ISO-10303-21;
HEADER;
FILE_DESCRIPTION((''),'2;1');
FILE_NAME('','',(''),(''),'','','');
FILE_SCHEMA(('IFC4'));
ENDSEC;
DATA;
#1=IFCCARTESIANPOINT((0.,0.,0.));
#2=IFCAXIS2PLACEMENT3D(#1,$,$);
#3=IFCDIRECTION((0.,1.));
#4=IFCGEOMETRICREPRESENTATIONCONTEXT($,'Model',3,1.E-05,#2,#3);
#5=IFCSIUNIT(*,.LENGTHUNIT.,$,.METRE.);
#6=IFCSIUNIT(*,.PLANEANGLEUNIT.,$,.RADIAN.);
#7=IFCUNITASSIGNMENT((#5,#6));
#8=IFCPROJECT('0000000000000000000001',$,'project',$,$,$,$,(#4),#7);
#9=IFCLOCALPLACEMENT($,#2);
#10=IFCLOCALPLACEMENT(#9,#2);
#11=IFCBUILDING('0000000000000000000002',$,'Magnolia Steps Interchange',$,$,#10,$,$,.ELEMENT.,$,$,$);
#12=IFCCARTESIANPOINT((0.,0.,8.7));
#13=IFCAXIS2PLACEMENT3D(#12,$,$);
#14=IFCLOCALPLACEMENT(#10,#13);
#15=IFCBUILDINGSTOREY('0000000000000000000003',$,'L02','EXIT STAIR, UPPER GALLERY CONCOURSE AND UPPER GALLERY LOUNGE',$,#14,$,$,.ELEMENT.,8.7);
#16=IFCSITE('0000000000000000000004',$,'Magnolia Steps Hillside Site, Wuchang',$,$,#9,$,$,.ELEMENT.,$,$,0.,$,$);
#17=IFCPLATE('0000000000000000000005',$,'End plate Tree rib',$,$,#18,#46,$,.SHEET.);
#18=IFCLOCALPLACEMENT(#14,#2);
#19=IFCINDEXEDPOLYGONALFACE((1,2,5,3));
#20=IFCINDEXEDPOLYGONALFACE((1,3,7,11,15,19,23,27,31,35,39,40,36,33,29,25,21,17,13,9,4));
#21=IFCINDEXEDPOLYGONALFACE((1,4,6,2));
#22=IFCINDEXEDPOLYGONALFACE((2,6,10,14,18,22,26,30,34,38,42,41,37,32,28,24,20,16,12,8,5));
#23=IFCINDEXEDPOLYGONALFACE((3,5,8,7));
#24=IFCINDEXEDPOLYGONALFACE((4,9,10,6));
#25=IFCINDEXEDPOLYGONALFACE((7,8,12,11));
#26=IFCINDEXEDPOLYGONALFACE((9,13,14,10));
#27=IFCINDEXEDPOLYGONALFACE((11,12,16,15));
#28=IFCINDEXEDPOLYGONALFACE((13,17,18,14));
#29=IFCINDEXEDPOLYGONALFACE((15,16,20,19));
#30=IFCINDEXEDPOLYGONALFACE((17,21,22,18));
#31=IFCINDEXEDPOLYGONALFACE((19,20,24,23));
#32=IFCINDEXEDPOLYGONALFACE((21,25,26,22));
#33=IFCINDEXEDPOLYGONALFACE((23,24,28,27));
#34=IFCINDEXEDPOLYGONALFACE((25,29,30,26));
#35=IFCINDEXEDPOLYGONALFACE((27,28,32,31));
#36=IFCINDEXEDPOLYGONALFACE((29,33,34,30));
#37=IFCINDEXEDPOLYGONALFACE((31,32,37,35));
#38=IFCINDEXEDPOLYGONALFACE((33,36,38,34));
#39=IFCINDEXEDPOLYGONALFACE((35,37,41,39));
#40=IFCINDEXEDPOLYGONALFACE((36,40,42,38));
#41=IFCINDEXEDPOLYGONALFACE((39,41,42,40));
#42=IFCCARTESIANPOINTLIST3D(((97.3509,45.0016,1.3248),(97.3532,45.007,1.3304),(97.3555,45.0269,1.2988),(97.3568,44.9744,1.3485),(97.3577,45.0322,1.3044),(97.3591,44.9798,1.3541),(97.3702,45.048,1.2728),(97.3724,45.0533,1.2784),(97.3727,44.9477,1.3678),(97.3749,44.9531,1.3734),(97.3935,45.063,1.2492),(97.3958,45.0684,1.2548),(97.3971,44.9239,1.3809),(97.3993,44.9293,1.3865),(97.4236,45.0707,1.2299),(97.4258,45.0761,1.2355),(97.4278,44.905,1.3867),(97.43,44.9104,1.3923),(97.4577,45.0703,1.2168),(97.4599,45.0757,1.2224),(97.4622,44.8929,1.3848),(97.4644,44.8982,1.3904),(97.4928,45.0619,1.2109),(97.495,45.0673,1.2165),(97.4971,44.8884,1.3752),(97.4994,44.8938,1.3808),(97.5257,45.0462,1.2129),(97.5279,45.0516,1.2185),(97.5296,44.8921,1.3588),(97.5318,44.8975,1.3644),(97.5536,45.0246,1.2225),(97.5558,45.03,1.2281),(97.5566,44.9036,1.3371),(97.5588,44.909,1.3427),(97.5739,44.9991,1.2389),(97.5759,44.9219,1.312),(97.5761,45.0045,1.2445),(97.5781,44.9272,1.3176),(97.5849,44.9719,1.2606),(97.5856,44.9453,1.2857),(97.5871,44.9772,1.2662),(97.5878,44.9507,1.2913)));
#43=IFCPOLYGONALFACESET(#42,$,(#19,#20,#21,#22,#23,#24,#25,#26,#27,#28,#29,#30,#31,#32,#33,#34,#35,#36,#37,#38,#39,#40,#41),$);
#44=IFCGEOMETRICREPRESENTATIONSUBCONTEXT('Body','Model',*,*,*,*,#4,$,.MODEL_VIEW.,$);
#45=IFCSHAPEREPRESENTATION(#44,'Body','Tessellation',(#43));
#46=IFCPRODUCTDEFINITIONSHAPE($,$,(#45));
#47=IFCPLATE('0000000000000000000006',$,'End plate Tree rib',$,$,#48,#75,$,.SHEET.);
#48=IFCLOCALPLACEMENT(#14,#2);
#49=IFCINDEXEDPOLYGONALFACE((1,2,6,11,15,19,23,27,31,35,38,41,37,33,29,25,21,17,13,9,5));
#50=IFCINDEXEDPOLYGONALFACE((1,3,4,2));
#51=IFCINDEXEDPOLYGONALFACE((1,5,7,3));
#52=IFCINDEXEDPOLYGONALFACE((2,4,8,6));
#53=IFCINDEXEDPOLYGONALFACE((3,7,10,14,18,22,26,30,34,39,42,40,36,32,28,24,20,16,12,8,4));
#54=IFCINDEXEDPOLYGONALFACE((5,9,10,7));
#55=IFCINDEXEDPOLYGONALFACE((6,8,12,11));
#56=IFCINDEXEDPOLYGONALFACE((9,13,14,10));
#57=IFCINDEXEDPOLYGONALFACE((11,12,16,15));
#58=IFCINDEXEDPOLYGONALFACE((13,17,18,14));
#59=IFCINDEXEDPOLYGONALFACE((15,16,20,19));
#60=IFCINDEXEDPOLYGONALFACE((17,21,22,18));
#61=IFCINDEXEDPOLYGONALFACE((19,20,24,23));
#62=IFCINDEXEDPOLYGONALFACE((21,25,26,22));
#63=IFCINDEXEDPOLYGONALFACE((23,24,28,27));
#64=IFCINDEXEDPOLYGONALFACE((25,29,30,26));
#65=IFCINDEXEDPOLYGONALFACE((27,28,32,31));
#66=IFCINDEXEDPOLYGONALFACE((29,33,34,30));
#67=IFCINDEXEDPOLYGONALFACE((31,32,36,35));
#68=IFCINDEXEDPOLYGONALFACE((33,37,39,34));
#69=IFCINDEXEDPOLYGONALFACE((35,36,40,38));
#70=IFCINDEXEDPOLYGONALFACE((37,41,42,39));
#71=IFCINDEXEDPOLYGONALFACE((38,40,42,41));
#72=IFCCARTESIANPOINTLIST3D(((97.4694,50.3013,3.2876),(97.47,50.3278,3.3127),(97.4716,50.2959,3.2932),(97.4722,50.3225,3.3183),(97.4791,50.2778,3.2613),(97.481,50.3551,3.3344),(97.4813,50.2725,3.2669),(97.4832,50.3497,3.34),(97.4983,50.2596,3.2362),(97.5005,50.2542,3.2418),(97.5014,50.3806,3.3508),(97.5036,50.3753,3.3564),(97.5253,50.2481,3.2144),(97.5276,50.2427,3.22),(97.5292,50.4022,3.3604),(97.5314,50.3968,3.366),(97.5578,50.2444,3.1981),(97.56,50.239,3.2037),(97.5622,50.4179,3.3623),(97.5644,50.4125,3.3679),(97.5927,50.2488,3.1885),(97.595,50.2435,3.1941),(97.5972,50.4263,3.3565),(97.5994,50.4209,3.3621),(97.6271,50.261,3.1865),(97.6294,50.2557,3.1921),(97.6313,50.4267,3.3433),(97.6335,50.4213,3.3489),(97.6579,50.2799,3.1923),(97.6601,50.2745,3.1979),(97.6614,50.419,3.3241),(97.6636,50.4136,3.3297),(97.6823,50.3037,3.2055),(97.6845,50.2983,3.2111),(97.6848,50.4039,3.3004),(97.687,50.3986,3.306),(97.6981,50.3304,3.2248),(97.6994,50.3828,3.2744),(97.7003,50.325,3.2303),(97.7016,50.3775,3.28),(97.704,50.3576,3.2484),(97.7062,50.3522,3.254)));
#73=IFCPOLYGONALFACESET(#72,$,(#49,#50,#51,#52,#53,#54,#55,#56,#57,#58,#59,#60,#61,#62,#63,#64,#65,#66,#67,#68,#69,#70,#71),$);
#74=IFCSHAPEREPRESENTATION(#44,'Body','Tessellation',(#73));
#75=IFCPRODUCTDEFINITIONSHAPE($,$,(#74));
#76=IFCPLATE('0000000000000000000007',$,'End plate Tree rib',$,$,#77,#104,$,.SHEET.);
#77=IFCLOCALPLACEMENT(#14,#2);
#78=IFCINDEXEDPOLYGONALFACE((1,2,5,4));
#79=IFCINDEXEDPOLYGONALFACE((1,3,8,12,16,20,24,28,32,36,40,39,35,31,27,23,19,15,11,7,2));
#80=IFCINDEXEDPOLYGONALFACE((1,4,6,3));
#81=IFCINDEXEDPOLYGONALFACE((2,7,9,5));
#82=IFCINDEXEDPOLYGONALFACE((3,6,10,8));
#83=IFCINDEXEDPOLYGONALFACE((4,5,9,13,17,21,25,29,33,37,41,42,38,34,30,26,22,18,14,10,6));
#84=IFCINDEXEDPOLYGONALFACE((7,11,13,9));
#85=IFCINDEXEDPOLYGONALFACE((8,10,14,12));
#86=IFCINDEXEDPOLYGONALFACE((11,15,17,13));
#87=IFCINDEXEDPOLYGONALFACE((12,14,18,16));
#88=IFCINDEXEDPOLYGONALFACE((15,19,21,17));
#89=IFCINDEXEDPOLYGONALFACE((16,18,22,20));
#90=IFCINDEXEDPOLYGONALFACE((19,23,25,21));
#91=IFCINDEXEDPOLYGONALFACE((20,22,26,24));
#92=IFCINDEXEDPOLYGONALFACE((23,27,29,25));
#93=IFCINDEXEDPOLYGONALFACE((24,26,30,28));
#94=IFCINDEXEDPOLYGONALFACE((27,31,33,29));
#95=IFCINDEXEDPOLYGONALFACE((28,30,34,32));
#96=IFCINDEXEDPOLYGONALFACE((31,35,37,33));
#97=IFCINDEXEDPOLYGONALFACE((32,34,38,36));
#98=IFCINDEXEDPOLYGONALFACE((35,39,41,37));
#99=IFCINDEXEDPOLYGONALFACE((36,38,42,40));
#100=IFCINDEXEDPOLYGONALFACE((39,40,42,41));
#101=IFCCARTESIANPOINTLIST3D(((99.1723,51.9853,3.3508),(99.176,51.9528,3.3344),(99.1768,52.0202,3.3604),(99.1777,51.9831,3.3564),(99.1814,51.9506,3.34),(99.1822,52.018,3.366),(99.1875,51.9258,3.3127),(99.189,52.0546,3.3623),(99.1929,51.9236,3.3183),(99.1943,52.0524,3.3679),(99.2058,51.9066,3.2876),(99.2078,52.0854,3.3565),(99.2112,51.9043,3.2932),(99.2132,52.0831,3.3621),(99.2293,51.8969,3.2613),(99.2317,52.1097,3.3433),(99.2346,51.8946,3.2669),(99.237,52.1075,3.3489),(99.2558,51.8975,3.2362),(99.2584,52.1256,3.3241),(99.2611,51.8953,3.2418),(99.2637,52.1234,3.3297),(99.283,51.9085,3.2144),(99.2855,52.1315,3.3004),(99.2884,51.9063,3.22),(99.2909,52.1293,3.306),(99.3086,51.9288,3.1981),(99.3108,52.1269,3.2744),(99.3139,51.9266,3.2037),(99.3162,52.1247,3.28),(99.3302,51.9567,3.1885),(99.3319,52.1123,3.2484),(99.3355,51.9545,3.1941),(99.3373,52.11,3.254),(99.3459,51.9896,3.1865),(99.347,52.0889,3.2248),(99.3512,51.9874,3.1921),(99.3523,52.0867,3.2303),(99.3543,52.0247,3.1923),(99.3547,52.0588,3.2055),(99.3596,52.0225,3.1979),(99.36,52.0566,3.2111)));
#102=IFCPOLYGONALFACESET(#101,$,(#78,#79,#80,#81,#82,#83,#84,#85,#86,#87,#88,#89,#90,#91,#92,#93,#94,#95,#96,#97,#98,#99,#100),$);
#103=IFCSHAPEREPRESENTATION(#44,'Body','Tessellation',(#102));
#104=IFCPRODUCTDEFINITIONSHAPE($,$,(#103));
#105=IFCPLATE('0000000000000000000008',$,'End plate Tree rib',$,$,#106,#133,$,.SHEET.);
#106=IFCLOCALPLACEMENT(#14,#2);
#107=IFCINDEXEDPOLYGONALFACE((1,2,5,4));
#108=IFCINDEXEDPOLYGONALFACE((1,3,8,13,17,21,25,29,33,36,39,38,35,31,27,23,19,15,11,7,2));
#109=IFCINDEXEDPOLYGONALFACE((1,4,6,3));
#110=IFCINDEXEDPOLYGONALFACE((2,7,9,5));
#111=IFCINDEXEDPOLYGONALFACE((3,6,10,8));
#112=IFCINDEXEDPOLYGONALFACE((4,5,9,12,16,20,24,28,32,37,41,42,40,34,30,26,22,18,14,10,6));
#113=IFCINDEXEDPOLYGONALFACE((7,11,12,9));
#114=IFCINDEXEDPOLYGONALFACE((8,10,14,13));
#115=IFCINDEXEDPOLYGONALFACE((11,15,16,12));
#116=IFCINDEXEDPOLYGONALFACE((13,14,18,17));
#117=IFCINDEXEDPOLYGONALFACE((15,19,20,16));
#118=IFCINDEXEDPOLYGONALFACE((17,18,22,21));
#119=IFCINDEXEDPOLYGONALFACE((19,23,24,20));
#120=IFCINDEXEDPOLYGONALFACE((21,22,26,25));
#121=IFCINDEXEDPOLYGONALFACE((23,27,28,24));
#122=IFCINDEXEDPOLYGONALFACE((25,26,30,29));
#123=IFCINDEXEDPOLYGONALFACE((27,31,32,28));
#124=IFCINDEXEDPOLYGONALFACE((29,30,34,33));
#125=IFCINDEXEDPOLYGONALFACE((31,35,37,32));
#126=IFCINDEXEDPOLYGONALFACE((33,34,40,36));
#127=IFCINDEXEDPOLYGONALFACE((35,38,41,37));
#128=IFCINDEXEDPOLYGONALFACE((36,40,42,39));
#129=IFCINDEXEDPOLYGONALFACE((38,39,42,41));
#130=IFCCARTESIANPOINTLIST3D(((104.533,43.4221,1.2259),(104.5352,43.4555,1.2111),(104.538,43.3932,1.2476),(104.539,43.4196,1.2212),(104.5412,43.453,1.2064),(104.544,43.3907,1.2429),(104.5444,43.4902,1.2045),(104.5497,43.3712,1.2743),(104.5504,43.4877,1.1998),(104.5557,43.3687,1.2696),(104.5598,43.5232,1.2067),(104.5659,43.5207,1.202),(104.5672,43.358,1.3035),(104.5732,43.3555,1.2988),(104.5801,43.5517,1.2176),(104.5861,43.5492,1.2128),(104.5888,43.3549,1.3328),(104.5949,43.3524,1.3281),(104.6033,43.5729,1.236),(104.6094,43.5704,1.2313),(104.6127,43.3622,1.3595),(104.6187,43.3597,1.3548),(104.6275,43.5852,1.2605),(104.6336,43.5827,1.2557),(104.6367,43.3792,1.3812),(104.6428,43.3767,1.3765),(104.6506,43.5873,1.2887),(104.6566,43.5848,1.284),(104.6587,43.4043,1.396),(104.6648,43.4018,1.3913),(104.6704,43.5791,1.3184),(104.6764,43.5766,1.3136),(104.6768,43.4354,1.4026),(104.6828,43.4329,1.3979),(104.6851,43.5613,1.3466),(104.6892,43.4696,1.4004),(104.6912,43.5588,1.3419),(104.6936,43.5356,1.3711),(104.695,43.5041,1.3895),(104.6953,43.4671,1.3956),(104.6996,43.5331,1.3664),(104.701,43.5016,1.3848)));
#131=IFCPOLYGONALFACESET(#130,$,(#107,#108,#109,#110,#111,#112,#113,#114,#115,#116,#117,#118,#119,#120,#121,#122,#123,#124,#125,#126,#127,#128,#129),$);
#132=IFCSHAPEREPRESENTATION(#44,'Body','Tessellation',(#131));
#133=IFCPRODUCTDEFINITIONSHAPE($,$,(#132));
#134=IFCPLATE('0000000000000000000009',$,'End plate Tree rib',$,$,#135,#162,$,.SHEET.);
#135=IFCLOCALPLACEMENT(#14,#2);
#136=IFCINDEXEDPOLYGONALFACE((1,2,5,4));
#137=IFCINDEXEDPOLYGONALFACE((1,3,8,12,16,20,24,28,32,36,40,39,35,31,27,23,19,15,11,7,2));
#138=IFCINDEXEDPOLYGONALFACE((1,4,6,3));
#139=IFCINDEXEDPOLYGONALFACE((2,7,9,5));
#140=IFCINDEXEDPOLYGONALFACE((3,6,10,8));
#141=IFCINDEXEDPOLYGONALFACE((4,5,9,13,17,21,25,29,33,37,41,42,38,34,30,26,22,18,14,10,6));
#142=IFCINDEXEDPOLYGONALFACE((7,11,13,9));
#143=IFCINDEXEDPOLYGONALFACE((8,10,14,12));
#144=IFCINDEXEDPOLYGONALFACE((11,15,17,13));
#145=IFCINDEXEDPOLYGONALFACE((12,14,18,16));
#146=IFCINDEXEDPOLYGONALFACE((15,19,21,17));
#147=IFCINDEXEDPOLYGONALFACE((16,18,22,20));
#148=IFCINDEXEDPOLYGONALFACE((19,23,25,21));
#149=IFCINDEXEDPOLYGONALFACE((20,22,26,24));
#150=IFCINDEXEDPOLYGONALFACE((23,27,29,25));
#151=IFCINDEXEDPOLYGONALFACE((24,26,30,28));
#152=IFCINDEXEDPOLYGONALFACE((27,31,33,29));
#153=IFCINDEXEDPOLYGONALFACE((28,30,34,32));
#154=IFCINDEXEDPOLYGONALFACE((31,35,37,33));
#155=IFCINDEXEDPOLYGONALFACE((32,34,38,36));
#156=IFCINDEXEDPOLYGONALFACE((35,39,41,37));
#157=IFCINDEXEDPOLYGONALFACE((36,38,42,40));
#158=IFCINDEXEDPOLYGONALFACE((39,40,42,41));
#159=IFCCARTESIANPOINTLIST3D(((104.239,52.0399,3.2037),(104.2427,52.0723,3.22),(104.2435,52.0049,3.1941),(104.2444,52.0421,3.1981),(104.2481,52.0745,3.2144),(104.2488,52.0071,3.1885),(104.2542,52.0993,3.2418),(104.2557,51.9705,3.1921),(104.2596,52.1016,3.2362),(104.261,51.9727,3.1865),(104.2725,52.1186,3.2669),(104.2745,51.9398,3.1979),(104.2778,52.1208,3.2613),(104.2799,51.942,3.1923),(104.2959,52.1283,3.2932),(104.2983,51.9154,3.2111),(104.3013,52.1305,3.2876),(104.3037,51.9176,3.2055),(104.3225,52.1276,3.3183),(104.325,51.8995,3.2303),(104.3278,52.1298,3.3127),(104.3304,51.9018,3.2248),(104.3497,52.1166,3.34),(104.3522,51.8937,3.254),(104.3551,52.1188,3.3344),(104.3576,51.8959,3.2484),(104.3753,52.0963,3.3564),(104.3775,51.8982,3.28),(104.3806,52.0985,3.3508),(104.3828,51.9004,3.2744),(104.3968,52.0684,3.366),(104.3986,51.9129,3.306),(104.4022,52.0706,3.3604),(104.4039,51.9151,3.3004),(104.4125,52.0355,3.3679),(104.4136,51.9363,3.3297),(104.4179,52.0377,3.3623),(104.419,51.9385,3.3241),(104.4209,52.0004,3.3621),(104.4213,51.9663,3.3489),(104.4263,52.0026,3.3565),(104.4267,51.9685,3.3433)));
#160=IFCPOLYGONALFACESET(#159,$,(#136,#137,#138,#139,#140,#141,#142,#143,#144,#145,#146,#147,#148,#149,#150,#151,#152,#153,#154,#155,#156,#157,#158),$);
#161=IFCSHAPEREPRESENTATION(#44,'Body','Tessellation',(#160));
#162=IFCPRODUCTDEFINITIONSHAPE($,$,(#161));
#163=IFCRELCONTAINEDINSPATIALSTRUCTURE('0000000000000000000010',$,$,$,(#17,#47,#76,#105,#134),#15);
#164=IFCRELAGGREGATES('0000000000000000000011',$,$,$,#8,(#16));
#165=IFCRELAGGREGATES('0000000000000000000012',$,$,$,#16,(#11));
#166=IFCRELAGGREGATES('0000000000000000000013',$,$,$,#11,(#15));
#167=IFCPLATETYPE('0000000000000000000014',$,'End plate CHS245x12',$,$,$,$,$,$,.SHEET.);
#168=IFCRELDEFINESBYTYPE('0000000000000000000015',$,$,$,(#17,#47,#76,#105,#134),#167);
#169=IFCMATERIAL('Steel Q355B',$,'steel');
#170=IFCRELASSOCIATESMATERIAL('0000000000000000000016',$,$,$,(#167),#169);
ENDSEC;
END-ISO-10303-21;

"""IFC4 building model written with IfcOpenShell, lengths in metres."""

from ifc_helpers import new_model, si_unit, direction, frame, origin, origin_2d, place, context, subcontext, project, spatial, circle, extrude, material, material_profile, profile_set, type_object, element, save


model = new_model("IFC4")

# Units and contexts
model_context = context("Model", 3, precision=1e-05, world=origin(), true_north=direction((0.0, 1.0)))
body_context = subcontext(model_context, "Body", "Model", "MODEL_VIEW")
ifc_project = project(units=[si_unit("LENGTHUNIT", "METRE"), si_unit("PLANEANGLEUNIT", "RADIAN")], contexts=[model_context])

# Site, building, storey
site_placement = place(None, origin())
site = spatial("IfcSite", under=ifc_project, at=site_placement, Name="Magnolia Steps Hillside Site, Wuchang", CompositionType="ELEMENT", RefElevation=0.0)
building_placement = place(site_placement, origin())
building = spatial("IfcBuilding", under=site, at=building_placement, Name="Magnolia Steps Interchange", CompositionType="ELEMENT")
storey_placement = place(building_placement, frame((0.0, 0.0, 8.7)))
storey = spatial("IfcBuildingStorey", under=building, at=storey_placement, Name="L02", Description="EXIT STAIR, UPPER GALLERY CONCOURSE AND UPPER GALLERY LOUNGE", CompositionType="ELEMENT", Elevation=8.7)

# Plates
ifc_material_1 = material(Name="Steel Q355B", Category="steel")
ifc_material_profile_1 = material_profile(ifc_material_1, circle(Radius=0.1226, at=origin_2d()), Name="End plate CHS245x12")
ifc_profile_set_1 = profile_set([ifc_material_profile_1], Name="Steel Q355B")
plate_type = type_object("IfcPlateType", Name="End plate CHS245x12", PredefinedType="SHEET", material=ifc_profile_set_1)
for number, where, z_axis, x_axis, name in (
    (1, (97.4688, 44.98, 1.2988), (0.275279, 0.664583, 0.694658), (-0.92388, 0.382683, 0.0), "End plate Tree rib"),
    (2, (97.5862, 50.3359, 3.2744), (0.275279, -0.664583, 0.694658), (0.92388, 0.382683, 0.0), "End plate Tree rib"),
    (3, (99.2639, 52.0137, 3.2744), (0.664583, -0.275279, 0.694658), (0.382683, 0.92388, 0.0), "End plate Tree rib"),
    (4, (104.6201, 43.4688, 1.2988), (-0.748578, 0.310071, 0.586078), (-0.382683, -0.92388, 0.0), "End plate Tree rib"),
    (5, (104.3359, 52.0137, 3.2744), (-0.664583, -0.275279, 0.694658), (0.382683, -0.92388, 0.0), "End plate Tree rib"),
):
    element("IfcPlate", number, at=place(storey_placement, frame(where, z_axis=z_axis, x_axis=x_axis)), inside=storey, type_object=plate_type, Name=name, PredefinedType="SHEET", context=body_context, shape_type="SweptSolid", body=[
        extrude(circle(Radius=0.1226, at=origin_2d()), origin(), (0.0, 0.0, 1.0), 0.0081),
    ])

save(model, "model.ifc")
